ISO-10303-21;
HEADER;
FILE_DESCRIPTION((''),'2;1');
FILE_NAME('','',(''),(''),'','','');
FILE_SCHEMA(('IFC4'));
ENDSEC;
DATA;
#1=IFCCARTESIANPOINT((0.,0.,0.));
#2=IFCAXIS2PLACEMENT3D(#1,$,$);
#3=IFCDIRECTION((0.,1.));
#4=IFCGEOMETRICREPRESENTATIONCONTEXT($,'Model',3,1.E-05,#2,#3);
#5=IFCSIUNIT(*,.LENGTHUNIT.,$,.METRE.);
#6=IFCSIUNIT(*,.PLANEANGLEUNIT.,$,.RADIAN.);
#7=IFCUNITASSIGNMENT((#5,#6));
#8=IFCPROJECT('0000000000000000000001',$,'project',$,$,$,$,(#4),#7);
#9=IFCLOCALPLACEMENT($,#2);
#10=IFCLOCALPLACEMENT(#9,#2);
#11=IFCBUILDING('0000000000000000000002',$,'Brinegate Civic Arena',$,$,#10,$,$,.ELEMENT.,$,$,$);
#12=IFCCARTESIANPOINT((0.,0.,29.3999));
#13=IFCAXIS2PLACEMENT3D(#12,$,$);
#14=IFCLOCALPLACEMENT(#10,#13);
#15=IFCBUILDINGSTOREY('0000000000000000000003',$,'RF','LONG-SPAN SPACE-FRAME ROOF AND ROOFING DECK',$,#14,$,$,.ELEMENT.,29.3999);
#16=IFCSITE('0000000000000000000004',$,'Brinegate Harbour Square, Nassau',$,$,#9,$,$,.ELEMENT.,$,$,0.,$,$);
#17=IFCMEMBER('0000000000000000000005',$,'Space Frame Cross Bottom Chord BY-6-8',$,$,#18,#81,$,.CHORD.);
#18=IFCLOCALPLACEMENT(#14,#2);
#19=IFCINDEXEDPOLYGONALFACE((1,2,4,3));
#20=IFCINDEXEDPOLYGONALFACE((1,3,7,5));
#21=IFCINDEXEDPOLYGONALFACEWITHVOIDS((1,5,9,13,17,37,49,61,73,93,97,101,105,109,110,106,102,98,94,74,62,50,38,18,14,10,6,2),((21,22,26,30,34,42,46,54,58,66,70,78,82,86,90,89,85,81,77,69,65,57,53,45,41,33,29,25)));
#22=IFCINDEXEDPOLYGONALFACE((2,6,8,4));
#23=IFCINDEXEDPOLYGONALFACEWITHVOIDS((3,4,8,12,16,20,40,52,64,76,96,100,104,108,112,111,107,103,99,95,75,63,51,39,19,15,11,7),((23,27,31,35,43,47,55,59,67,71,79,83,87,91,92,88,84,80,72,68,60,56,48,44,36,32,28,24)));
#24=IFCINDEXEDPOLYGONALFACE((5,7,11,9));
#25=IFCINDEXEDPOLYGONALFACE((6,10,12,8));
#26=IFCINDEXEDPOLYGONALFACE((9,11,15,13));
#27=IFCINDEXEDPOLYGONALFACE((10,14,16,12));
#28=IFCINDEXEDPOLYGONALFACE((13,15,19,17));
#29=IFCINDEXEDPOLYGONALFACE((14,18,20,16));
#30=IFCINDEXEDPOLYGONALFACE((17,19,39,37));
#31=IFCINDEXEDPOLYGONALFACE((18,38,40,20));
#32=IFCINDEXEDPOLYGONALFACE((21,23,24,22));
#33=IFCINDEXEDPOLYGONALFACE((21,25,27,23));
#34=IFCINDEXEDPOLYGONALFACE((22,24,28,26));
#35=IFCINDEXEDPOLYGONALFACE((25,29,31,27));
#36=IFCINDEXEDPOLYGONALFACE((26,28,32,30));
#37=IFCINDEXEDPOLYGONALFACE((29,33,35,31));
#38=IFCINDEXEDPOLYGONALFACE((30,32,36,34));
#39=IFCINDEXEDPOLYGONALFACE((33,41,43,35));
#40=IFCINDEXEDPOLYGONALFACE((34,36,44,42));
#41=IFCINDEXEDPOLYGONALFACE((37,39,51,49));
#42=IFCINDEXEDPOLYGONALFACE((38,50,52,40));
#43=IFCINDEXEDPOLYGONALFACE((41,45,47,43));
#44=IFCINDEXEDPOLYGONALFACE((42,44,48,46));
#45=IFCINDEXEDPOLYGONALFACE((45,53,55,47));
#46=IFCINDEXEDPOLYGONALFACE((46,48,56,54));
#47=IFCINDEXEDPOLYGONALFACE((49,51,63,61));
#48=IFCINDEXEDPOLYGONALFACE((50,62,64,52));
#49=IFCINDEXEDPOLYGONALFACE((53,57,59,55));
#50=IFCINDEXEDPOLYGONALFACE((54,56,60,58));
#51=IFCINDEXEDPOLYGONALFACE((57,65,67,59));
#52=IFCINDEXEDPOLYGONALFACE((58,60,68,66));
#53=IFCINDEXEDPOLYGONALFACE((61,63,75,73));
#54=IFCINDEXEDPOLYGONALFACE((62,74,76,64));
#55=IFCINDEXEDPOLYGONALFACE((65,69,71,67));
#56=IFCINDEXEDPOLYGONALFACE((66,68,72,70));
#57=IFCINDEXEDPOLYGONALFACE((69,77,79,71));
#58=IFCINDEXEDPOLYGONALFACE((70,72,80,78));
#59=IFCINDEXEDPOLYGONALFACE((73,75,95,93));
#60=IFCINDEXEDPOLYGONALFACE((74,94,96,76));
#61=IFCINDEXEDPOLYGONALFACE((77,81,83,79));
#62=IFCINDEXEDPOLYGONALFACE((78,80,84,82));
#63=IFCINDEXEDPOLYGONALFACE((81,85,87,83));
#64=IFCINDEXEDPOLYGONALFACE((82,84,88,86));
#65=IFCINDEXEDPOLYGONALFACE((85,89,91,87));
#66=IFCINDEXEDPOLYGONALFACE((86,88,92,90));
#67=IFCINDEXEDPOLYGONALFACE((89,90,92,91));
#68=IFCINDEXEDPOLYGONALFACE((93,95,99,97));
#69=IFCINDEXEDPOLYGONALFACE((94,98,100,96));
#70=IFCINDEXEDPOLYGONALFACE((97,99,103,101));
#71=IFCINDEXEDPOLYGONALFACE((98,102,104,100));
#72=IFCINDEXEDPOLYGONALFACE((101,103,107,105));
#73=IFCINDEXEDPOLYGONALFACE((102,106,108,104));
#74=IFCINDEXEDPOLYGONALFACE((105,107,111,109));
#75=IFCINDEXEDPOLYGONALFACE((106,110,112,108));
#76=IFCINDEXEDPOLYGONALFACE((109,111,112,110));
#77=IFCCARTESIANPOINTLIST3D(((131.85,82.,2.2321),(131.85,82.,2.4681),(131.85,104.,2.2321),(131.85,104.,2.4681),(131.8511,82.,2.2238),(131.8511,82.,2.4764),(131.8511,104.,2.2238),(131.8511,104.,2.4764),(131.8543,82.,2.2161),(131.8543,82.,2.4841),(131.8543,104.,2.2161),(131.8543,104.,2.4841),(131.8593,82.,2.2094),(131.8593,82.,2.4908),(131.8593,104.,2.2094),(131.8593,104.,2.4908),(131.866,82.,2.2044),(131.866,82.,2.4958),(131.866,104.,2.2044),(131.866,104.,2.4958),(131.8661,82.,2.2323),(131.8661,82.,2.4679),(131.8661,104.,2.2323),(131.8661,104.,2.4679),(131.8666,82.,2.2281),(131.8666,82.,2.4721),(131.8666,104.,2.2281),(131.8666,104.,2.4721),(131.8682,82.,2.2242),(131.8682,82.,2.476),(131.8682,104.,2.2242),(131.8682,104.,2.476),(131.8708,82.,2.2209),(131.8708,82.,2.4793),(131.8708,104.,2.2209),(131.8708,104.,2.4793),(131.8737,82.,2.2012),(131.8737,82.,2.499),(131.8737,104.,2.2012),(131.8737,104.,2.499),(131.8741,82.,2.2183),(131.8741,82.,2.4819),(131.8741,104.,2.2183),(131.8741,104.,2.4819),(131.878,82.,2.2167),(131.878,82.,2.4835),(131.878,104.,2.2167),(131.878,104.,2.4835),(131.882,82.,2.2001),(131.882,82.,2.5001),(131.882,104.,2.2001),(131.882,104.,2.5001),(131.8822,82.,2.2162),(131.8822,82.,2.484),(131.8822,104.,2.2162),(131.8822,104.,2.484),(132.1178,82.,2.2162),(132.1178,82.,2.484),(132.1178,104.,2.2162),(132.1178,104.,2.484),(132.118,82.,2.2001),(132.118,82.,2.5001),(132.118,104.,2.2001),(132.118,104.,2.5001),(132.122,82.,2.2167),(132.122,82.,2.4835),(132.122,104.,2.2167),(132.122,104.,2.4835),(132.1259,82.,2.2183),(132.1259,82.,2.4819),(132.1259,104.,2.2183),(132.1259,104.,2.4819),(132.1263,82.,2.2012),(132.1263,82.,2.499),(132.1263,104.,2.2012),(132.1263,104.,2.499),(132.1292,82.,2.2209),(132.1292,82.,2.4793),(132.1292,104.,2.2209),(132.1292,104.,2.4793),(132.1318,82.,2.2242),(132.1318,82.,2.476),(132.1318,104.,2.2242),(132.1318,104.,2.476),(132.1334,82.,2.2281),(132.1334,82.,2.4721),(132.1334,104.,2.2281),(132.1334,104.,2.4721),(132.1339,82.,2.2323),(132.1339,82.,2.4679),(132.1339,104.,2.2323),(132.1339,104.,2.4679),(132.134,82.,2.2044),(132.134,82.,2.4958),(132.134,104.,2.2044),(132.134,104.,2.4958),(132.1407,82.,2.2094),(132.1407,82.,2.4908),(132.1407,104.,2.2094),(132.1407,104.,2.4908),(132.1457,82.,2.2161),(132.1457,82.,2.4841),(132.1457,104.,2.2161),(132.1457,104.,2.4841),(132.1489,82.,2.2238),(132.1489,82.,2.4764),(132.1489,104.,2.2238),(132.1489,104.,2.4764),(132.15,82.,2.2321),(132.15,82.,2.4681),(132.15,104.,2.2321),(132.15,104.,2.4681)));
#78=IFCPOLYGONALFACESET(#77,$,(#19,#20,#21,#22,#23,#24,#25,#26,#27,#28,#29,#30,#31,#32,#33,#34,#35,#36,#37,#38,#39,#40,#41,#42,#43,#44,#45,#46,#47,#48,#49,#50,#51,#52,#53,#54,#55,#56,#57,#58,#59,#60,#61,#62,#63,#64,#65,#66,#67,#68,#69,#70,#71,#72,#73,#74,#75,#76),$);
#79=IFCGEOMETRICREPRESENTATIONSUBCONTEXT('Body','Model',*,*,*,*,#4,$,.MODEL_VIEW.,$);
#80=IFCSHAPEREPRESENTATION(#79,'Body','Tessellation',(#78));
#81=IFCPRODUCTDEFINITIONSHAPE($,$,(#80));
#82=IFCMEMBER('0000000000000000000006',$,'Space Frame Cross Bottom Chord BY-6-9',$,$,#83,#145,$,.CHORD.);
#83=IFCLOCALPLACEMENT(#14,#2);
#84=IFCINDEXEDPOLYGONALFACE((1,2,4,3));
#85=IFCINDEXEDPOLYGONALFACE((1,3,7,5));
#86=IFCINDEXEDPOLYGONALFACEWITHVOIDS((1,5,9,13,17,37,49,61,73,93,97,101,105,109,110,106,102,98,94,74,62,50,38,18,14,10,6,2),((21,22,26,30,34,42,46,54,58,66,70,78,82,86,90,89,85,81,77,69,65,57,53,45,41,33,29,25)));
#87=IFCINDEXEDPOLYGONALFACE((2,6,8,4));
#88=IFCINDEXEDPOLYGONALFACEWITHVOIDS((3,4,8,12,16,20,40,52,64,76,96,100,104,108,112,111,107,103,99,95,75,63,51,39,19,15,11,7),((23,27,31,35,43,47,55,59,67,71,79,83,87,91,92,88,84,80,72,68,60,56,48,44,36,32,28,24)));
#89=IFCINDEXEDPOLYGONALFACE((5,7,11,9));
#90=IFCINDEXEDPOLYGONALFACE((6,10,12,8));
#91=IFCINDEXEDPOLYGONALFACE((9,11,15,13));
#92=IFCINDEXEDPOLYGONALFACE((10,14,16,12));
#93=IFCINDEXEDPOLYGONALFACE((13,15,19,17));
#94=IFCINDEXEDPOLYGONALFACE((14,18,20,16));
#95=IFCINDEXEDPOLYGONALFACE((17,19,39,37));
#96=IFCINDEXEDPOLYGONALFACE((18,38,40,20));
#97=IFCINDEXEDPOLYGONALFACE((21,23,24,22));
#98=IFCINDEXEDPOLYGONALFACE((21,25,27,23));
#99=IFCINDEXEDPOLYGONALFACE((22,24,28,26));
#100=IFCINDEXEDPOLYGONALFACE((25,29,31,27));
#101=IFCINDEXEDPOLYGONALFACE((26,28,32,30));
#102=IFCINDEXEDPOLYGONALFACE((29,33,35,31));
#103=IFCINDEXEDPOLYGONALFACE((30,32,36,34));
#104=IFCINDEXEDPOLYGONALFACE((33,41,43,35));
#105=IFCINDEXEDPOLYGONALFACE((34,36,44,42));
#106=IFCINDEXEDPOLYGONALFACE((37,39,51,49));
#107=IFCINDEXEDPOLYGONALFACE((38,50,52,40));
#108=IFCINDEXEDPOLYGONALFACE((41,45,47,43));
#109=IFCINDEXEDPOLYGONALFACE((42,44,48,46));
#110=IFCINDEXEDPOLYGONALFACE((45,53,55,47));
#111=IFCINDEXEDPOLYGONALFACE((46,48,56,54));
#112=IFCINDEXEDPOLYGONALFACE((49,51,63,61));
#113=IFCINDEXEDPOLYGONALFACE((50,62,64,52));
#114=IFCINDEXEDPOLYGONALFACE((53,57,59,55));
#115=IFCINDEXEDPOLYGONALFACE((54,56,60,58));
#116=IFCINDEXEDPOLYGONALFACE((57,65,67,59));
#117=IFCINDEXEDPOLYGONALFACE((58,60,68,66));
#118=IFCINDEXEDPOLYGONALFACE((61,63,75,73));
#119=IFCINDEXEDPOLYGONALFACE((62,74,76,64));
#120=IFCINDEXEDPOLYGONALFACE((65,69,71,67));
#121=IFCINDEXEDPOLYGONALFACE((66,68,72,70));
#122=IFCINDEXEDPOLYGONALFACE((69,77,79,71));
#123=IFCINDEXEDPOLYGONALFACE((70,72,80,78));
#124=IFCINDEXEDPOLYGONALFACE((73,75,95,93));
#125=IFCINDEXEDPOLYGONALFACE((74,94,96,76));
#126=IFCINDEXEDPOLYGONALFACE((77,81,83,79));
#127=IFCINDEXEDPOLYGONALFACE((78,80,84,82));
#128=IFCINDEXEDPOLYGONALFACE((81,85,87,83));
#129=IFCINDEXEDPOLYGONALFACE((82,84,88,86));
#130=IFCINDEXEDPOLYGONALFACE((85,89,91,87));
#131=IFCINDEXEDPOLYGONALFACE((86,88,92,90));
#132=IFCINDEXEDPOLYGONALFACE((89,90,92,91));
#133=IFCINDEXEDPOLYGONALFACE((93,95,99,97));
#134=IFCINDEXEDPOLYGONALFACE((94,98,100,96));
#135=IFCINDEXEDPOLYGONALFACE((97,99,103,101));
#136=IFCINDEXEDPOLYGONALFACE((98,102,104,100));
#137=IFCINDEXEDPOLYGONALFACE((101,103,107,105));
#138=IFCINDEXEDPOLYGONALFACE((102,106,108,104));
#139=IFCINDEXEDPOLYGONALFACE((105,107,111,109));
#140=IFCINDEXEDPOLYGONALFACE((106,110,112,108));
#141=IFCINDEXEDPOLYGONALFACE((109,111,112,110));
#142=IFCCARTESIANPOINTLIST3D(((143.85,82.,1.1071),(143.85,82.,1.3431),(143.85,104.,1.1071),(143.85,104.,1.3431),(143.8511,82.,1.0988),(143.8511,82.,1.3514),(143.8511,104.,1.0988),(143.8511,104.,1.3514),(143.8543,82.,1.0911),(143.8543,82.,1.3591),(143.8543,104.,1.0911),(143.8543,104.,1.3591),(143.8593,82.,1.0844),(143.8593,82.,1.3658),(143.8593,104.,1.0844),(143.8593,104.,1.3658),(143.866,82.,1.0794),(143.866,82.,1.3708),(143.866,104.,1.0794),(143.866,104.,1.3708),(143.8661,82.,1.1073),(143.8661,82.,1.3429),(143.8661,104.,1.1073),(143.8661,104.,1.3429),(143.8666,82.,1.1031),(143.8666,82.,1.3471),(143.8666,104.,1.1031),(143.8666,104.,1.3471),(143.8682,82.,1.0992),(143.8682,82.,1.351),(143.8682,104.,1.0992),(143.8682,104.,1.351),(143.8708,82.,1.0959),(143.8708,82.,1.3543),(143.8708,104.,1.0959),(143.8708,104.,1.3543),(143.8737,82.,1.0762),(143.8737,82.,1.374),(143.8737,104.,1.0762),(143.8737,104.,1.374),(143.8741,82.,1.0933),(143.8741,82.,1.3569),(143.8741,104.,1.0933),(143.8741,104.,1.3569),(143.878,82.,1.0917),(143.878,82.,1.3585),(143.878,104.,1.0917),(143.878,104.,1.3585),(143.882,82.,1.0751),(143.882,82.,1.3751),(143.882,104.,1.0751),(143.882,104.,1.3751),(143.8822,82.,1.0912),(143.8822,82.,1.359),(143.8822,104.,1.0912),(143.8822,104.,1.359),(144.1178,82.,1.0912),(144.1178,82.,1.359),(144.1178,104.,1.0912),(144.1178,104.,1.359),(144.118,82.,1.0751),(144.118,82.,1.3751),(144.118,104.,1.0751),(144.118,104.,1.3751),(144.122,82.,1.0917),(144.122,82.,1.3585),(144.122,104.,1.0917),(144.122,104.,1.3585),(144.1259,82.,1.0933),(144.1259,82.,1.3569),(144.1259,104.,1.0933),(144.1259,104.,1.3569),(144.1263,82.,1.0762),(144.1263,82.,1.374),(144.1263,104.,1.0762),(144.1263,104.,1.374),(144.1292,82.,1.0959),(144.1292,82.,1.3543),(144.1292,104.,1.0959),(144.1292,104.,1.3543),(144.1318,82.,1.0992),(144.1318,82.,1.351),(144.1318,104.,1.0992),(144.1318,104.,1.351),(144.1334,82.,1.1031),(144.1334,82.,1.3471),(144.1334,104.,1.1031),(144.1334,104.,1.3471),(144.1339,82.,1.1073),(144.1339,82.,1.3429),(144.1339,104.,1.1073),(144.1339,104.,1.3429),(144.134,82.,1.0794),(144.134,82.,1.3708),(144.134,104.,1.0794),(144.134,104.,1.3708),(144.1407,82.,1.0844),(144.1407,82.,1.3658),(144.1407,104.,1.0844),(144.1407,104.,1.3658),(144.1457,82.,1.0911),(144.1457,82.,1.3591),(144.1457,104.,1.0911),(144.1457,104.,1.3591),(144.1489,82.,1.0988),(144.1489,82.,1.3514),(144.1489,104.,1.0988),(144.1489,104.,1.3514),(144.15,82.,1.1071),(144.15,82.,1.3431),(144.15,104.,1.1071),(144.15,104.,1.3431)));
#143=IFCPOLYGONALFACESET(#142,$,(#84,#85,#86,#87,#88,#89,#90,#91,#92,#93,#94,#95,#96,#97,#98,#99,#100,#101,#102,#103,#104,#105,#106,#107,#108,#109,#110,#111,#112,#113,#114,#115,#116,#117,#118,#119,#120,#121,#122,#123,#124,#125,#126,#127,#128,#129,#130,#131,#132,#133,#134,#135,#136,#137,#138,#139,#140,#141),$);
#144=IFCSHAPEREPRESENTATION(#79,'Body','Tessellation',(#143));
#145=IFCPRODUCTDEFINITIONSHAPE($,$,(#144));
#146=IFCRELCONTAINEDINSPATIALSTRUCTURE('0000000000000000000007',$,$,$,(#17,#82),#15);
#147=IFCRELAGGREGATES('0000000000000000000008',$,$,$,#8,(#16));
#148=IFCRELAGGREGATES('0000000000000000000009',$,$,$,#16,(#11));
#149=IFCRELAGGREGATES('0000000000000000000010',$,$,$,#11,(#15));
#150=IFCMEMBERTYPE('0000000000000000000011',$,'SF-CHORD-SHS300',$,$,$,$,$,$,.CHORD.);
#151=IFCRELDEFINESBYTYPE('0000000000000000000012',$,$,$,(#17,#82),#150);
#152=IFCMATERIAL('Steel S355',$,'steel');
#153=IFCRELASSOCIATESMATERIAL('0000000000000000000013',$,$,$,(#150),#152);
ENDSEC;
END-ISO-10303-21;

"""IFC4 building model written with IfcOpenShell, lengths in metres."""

from ifc_helpers import new_model, si_unit, direction, frame, origin, origin_2d, place, context, subcontext, project, spatial, hollow_rectangle, extrude, material, material_profile, profile_set, type_object, element, save


model = new_model("IFC4")

# Units and contexts
model_context = context("Model", 3, precision=1e-05, world=origin(), true_north=direction((0.0, 1.0)))
body_context = subcontext(model_context, "Body", "Model", "MODEL_VIEW")
ifc_project = project(units=[si_unit("LENGTHUNIT", "METRE"), si_unit("PLANEANGLEUNIT", "RADIAN")], contexts=[model_context])

# Site, building, storey
site_placement = place(None, origin())
site = spatial("IfcSite", under=ifc_project, at=site_placement, Name="Brinegate Harbour Square, Nassau", CompositionType="ELEMENT", RefElevation=0.0)
building_placement = place(site_placement, origin())
building = spatial("IfcBuilding", under=site, at=building_placement, Name="Brinegate Civic Arena", CompositionType="ELEMENT")
storey_placement = place(building_placement, frame((0.0, 0.0, 29.3999)))
storey = spatial("IfcBuildingStorey", under=building, at=storey_placement, Name="RF", Description="LONG-SPAN SPACE-FRAME ROOF AND ROOFING DECK", CompositionType="ELEMENT", Elevation=29.3999)

# Shared definitions
ifc_material_1 = material(Name="Steel S355", Category="steel")

# Members
ifc_material_profile_1 = material_profile(ifc_material_1, hollow_rectangle(XDim=0.3, YDim=0.3, WallThickness=0.0161, InnerFilletRadius=0.0161, OuterFilletRadius=0.032, at=origin_2d()), Name="SHS300X16")
ifc_profile_set_1 = profile_set([ifc_material_profile_1], Name="Steel S355")
member_type_1 = type_object("IfcMemberType", Name="SF-CHORD-SHS300", PredefinedType="CHORD", material=ifc_profile_set_1)
for number, where, z_axis, x_axis, name in (
    (1, (132.0, 82.0, 2.3501), (0.0, 1.0, 0.0), (-1.0, 0.0, 0.0), "Space Frame Cross Bottom Chord BY-6-8"),
    (2, (144.0, 82.0, 1.2251), (0.0, 1.0, 0.0), (-1.0, 0.0, 0.0), "Space Frame Cross Bottom Chord BY-6-9"),
):
    element("IfcMember", number, at=place(storey_placement, frame(where, z_axis=z_axis, x_axis=x_axis)), inside=storey, type_object=member_type_1, Name=name, PredefinedType="CHORD", context=body_context, shape_type="SweptSolid", body=[
        extrude(hollow_rectangle(XDim=0.3, YDim=0.3, WallThickness=0.0161, InnerFilletRadius=0.0161, OuterFilletRadius=0.032, at=origin_2d()), origin(), (0.0, 0.0, 1.0), 22.0),
    ])

save(model, "model.ifc")
